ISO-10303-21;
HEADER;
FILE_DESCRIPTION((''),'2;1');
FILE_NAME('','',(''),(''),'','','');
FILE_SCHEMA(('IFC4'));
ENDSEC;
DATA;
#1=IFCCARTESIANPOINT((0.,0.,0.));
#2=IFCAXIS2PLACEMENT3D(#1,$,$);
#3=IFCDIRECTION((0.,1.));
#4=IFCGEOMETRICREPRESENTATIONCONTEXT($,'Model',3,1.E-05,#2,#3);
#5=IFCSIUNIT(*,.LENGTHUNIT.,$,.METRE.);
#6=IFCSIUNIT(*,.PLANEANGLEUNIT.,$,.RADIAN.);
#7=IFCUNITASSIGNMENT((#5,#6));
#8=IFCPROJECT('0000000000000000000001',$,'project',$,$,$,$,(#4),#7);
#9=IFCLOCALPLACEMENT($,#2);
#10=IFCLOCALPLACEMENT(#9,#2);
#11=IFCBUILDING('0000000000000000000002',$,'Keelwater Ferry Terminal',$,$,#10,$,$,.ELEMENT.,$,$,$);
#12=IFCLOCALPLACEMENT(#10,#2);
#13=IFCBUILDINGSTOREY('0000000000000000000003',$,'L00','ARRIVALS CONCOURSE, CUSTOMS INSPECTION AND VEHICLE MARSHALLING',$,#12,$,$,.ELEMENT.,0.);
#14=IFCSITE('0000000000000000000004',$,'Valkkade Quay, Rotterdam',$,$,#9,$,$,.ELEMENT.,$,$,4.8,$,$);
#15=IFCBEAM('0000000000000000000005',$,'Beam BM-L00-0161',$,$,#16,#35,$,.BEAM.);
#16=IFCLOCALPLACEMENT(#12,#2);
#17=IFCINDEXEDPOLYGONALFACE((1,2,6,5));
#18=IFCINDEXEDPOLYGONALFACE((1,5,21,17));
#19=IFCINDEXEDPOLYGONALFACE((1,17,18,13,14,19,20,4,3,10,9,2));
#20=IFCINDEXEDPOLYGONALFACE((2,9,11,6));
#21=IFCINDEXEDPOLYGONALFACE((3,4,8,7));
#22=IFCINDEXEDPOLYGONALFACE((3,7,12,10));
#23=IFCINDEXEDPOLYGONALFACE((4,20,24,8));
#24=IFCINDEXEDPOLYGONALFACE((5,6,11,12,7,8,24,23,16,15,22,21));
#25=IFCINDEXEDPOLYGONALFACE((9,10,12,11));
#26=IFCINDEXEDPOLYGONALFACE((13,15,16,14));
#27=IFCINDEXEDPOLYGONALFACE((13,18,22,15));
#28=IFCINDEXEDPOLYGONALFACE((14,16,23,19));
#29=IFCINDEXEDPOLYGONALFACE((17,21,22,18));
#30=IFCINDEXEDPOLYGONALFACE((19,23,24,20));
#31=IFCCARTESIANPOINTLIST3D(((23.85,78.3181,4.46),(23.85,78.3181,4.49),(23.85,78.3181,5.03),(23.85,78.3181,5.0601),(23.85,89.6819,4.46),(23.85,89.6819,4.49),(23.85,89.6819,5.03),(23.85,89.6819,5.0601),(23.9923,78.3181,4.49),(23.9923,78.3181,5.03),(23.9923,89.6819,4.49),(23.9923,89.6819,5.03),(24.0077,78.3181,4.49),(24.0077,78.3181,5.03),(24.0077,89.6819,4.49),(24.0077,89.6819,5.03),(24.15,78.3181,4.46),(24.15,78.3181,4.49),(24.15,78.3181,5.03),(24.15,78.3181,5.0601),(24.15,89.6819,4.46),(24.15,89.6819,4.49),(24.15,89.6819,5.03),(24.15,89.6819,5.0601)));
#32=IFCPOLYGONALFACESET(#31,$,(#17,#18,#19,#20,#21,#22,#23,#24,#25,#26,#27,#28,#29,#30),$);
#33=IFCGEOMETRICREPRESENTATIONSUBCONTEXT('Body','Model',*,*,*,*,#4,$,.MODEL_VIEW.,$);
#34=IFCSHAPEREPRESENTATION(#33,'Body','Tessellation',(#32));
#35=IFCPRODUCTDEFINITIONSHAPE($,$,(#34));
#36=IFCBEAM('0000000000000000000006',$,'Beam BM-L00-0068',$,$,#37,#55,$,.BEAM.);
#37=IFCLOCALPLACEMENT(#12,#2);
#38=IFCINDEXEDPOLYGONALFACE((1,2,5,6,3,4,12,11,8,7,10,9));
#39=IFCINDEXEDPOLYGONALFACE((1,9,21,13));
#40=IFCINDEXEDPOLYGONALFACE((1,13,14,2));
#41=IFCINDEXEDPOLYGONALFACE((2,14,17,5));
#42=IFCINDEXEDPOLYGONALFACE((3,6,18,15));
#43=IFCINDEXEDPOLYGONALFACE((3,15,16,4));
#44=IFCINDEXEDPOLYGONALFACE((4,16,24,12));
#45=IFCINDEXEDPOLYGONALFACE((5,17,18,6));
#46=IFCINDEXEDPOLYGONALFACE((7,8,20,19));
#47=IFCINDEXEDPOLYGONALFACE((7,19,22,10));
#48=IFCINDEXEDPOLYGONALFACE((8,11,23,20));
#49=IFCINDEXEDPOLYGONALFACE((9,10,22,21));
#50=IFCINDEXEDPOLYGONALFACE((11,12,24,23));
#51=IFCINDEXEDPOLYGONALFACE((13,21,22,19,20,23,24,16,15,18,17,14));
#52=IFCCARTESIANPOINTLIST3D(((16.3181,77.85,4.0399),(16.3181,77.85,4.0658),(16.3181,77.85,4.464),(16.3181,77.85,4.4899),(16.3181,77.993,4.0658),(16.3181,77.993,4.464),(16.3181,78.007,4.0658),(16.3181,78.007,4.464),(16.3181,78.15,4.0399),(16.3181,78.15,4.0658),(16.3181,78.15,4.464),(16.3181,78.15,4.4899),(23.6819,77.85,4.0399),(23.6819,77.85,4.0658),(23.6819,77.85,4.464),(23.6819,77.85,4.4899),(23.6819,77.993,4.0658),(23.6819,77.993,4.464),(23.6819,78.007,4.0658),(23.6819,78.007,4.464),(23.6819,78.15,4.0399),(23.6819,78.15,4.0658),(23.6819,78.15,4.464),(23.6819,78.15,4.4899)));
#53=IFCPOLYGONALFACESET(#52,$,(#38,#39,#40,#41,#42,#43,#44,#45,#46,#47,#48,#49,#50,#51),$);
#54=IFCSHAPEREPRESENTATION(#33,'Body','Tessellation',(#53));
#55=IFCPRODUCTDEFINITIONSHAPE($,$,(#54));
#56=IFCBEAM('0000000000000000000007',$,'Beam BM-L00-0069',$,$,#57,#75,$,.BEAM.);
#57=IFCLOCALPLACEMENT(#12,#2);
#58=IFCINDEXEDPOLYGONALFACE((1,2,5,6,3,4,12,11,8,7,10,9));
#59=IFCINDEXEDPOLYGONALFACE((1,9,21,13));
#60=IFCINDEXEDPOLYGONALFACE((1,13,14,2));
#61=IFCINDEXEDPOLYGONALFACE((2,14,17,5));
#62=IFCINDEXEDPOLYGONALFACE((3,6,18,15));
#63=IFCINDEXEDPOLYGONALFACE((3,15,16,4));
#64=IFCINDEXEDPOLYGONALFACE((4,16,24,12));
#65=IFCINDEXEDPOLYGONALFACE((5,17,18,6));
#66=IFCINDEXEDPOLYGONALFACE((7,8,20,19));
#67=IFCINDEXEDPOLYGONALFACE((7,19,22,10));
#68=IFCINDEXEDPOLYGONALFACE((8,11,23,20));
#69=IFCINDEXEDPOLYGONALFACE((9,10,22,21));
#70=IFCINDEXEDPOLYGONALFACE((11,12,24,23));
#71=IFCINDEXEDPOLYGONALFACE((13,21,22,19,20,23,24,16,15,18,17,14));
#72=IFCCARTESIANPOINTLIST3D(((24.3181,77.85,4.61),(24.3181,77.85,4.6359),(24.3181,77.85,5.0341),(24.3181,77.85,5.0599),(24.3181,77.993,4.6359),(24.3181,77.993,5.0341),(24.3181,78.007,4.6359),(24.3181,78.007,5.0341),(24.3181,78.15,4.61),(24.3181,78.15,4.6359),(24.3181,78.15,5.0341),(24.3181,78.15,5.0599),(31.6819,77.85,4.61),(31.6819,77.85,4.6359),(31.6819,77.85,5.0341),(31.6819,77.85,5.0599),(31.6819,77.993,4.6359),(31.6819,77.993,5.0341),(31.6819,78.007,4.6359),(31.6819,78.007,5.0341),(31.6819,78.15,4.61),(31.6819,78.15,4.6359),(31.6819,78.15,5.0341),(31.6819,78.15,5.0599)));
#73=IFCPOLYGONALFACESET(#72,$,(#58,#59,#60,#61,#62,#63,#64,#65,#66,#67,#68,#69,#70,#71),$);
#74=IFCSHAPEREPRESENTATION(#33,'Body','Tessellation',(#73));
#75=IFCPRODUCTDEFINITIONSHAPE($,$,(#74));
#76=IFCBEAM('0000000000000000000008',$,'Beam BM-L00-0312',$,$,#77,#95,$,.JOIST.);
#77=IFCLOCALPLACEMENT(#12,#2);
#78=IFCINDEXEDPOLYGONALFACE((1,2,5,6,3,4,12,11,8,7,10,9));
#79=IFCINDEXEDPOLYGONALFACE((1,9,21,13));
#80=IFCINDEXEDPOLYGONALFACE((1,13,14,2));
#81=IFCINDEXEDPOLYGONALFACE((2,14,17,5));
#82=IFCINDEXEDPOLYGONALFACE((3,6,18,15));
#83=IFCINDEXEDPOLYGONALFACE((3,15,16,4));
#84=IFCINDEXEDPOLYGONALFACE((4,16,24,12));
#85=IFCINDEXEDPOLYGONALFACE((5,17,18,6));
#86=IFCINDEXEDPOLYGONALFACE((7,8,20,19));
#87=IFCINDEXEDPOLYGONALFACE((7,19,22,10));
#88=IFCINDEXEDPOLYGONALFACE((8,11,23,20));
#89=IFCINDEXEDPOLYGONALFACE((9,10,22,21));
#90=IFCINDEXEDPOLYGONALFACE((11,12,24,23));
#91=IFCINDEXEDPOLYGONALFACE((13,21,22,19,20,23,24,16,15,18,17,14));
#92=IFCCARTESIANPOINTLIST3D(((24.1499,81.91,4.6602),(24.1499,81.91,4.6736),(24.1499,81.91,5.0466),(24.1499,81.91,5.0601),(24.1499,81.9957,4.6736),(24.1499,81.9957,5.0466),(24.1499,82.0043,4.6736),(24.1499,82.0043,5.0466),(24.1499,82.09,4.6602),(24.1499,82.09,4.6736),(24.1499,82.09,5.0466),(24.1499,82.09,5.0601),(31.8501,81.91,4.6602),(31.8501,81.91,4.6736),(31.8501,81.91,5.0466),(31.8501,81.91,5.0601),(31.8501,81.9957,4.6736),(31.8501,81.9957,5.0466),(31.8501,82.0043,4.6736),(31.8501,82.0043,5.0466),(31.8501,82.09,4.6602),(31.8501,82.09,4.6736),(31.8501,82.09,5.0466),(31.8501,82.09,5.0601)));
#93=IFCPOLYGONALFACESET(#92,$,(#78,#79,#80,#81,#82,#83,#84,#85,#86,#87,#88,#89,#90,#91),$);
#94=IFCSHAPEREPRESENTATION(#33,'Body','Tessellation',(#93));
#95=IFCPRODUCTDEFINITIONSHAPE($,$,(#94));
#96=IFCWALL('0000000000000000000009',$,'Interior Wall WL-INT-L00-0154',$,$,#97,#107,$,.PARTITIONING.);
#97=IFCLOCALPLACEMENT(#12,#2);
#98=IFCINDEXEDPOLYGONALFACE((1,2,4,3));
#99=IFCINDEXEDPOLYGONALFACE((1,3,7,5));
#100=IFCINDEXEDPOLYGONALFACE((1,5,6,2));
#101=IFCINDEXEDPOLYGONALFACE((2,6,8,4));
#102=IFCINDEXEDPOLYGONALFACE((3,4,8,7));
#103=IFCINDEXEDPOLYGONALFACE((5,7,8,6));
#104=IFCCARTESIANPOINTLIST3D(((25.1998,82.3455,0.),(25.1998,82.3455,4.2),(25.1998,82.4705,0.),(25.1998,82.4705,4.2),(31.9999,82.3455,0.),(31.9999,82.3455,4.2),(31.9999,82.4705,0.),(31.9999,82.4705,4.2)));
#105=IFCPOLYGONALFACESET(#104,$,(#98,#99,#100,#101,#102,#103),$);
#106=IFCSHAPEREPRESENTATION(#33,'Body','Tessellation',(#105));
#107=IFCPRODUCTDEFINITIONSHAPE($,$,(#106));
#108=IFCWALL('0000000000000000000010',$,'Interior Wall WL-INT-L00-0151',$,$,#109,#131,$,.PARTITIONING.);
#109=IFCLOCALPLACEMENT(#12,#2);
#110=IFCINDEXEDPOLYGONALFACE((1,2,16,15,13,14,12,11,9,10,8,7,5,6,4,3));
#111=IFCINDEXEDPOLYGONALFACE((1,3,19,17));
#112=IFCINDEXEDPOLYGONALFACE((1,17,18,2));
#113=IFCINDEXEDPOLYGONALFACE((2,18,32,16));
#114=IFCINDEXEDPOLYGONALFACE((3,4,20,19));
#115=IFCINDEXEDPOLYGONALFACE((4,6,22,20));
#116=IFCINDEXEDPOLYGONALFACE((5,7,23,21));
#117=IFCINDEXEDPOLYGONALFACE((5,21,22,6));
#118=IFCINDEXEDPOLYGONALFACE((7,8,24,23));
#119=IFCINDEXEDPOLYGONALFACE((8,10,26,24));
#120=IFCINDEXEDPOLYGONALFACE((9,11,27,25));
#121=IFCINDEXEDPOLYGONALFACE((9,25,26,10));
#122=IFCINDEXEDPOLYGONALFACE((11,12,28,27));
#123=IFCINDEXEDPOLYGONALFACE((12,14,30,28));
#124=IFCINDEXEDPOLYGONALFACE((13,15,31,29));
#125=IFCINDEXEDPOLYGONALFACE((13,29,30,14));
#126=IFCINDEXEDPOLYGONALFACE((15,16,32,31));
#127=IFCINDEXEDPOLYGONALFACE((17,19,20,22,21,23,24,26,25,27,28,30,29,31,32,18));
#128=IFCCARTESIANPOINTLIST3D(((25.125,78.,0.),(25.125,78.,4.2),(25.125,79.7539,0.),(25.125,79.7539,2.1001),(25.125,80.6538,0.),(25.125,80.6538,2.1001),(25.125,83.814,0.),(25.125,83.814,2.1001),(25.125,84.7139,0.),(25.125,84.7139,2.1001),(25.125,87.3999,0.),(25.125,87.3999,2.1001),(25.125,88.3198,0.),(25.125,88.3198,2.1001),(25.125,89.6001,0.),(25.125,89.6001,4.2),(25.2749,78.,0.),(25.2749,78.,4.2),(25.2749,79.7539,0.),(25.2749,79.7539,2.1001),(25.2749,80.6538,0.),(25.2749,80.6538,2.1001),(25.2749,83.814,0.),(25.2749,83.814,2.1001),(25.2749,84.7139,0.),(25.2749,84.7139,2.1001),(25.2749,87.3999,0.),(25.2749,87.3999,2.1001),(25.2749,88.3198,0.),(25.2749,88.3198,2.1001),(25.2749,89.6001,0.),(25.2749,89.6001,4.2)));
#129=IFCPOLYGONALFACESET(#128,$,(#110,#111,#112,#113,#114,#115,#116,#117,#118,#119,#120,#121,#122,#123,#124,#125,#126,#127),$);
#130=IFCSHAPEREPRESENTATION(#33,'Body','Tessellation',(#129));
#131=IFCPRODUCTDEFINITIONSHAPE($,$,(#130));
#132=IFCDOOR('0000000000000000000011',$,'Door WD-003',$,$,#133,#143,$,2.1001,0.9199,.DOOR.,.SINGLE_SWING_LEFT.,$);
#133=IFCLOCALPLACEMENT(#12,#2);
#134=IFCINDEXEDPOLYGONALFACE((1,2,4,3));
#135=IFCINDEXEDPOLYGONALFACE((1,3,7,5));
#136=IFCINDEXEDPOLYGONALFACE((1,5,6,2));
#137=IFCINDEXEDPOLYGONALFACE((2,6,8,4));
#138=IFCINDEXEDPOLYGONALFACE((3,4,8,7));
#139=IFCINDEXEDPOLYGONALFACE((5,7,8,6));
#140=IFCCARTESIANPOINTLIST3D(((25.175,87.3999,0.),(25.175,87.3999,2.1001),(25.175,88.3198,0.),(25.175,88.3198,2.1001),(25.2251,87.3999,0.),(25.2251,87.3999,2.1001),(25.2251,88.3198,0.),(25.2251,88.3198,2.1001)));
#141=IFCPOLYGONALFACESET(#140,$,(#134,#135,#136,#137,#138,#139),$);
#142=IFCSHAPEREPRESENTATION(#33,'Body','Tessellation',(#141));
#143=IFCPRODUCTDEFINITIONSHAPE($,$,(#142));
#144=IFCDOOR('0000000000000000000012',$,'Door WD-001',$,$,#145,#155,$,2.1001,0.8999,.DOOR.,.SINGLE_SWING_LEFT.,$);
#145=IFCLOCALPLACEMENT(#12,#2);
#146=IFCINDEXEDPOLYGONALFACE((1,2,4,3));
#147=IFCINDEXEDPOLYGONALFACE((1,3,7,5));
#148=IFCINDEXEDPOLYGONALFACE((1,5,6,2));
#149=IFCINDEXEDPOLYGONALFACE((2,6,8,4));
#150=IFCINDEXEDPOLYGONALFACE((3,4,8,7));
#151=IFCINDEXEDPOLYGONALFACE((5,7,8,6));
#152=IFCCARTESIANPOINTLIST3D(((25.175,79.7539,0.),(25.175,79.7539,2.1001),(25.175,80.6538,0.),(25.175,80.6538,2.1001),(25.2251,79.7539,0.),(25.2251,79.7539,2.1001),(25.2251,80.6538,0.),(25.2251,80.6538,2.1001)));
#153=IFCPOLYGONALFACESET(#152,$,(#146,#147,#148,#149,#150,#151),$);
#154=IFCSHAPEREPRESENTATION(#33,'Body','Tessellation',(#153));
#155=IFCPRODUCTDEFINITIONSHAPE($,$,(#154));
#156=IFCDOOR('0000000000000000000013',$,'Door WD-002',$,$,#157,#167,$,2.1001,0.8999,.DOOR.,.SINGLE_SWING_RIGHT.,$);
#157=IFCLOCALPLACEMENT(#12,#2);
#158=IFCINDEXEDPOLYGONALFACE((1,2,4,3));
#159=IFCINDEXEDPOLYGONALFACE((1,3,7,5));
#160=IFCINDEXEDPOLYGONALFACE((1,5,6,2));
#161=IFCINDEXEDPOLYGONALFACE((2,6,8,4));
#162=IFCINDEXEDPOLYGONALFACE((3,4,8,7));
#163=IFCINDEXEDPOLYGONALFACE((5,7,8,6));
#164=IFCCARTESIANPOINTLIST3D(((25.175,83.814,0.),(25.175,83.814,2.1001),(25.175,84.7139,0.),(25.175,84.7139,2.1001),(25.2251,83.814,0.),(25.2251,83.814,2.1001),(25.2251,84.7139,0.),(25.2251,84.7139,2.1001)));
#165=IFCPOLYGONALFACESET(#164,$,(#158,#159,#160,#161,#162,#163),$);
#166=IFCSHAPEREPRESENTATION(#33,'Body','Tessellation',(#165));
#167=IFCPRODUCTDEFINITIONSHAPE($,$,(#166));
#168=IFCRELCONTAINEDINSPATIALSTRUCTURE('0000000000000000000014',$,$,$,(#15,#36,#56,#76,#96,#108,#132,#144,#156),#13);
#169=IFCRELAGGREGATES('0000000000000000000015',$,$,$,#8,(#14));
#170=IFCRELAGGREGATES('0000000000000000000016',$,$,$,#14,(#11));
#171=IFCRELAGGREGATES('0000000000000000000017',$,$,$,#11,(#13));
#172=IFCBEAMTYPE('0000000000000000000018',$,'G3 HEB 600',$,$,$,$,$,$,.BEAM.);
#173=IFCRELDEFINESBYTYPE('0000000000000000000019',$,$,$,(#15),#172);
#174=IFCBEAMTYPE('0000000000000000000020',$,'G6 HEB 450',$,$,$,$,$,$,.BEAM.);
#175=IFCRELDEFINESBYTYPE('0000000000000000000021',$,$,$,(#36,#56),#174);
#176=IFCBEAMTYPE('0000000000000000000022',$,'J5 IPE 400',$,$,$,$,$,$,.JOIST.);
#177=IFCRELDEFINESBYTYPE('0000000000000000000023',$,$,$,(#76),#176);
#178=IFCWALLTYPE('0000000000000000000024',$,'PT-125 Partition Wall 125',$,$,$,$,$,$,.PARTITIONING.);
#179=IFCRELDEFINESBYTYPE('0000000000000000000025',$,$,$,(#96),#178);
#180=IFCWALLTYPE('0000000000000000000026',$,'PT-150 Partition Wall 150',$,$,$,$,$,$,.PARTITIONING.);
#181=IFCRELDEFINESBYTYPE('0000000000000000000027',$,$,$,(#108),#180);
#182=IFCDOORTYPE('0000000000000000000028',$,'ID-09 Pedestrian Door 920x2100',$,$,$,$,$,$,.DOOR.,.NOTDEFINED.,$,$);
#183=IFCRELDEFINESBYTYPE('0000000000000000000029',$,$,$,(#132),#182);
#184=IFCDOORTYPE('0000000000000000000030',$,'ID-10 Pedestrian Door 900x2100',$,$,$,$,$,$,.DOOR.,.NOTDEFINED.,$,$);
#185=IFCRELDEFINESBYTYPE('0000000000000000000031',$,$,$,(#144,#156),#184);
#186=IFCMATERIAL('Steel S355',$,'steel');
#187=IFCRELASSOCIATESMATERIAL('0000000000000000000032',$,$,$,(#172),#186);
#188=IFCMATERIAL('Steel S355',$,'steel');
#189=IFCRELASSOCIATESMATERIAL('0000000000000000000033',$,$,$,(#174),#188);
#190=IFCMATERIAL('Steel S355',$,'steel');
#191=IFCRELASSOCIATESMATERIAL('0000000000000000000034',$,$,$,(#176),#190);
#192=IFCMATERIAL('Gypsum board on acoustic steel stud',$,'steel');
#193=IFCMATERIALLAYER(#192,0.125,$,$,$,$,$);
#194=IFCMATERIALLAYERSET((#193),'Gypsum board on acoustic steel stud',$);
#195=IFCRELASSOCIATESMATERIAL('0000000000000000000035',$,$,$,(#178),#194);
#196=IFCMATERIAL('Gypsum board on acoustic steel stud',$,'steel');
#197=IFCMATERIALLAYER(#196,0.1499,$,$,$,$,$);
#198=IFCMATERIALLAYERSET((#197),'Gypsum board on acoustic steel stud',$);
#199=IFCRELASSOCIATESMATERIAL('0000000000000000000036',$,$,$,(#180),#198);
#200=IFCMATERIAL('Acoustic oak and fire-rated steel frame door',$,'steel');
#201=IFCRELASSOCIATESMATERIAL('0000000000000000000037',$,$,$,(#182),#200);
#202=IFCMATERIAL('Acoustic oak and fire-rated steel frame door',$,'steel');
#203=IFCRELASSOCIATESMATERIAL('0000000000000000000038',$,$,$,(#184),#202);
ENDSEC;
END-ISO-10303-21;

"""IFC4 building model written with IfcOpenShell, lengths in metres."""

from ifc_helpers import new_model, si_unit, direction, frame, frame_2d, origin, origin_2d, place, context, subcontext, project, spatial, rectangle, i_section, extrude, material, layer, layer_set, material_profile, profile_set, type_object, element, fill, save


model = new_model("IFC4")

# Units and contexts
model_context = context("Model", 3, precision=1e-05, world=origin(), true_north=direction((0.0, 1.0)))
body_context = subcontext(model_context, "Body", "Model", "MODEL_VIEW")
ifc_project = project(units=[si_unit("LENGTHUNIT", "METRE"), si_unit("PLANEANGLEUNIT", "RADIAN")], contexts=[model_context])

# Site, building, storey
site_placement = place(None, origin())
site = spatial("IfcSite", under=ifc_project, at=site_placement, Name="Valkkade Quay, Rotterdam", CompositionType="ELEMENT", RefElevation=4.8)
building_placement = place(site_placement, origin())
building = spatial("IfcBuilding", under=site, at=building_placement, Name="Keelwater Ferry Terminal", CompositionType="ELEMENT")
storey_placement = place(building_placement, origin())
storey = spatial("IfcBuildingStorey", under=building, at=storey_placement, Name="L00", Description="ARRIVALS CONCOURSE, CUSTOMS INSPECTION AND VEHICLE MARSHALLING", CompositionType="ELEMENT", Elevation=0.0)

# Beams
ifc_material_1 = material(Name="Steel S355", Category="steel")
ifc_material_profile_1 = material_profile(ifc_material_1, i_section(OverallWidth=0.3, OverallDepth=0.6001, WebThickness=0.0154, FlangeThickness=0.03, at=origin_2d()), Name="HEB 600")
ifc_profile_set_1 = profile_set([ifc_material_profile_1], Name="Steel S355")
beam_type_1 = type_object("IfcBeamType", Name="G3 HEB 600", PredefinedType="BEAM", material=ifc_profile_set_1)
beam_1_placement = place(storey_placement, frame((24.0, 78.3181, 4.76), z_axis=(0.0, 1.0, 0.0), x_axis=(-1.0, 0.0, 0.0)))
element("IfcBeam", 1, at=beam_1_placement, inside=storey, type_object=beam_type_1, Name="Beam BM-L00-0161", PredefinedType="BEAM", context=body_context, shape_type="SweptSolid", body=[
    extrude(i_section(OverallWidth=0.3, OverallDepth=0.6001, WebThickness=0.0154, FlangeThickness=0.03, at=origin_2d()), origin(), (0.0, 0.0, 1.0), 11.3638),
])
ifc_material_2 = material(Name="Steel S355", Category="steel")
ifc_material_profile_2 = material_profile(ifc_material_2, i_section(OverallWidth=0.3, OverallDepth=0.45, WebThickness=0.0139, FlangeThickness=0.0259, at=origin_2d()), Name="HEB 450")
ifc_profile_set_2 = profile_set([ifc_material_profile_2], Name="Steel S355")
beam_type_2 = type_object("IfcBeamType", Name="G6 HEB 450", PredefinedType="BEAM", material=ifc_profile_set_2)
for number, where, z_axis, x_axis, name in (
    (2, (16.3181, 78.0, 4.2649), (1.0, 0.0, 0.0), (0.0, 1.0, 0.0), "Beam BM-L00-0068"),
    (3, (24.3181, 78.0, 4.835), (1.0, 0.0, 0.0), (0.0, 1.0, 0.0), "Beam BM-L00-0069"),
):
    element("IfcBeam", number, at=place(storey_placement, frame(where, z_axis=z_axis, x_axis=x_axis)), inside=storey, type_object=beam_type_2, Name=name, PredefinedType="BEAM", context=body_context, shape_type="SweptSolid", body=[
        extrude(i_section(OverallWidth=0.3, OverallDepth=0.45, WebThickness=0.0139, FlangeThickness=0.0259, at=origin_2d()), origin(), (0.0, 0.0, 1.0), 7.3638),
    ])
ifc_material_3 = material(Name="Steel S355", Category="steel")
ifc_material_profile_3 = material_profile(ifc_material_3, i_section(OverallWidth=0.1799, OverallDepth=0.3999, WebThickness=0.0085, FlangeThickness=0.0134, at=origin_2d()), Name="IPE 400")
ifc_profile_set_3 = profile_set([ifc_material_profile_3], Name="Steel S355")
beam_type_3 = type_object("IfcBeamType", Name="J5 IPE 400", PredefinedType="JOIST", material=ifc_profile_set_3)
beam_2_placement = place(storey_placement, frame((24.1499, 82.0, 4.8601), z_axis=(1.0, 0.0, 0.0), x_axis=(0.0, 1.0, 0.0)))
element("IfcBeam", 4, at=beam_2_placement, inside=storey, type_object=beam_type_3, Name="Beam BM-L00-0312", PredefinedType="JOIST", context=body_context, shape_type="SweptSolid", body=[
    extrude(i_section(OverallWidth=0.1799, OverallDepth=0.3999, WebThickness=0.0085, FlangeThickness=0.0134, at=origin_2d()), origin(), (0.0, 0.0, 1.0), 7.7002),
])

# Wall
ifc_material_4 = material(Name="Gypsum board on acoustic steel stud", Category="steel")
ifc_layer_1 = layer(ifc_material_4, 0.125)
ifc_layer_set_1 = layer_set([ifc_layer_1], Name="Gypsum board on acoustic steel stud")
wall_type_1 = type_object("IfcWallType", Name="PT-125 Partition Wall 125", PredefinedType="PARTITIONING", material=ifc_layer_set_1)
wall_1_placement = place(storey_placement, frame((25.2, 82.408, 0.0), z_axis=(0.0, 0.0, 1.0), x_axis=(1.0, 0.0, 0.0)))
element("IfcWall", 5, at=wall_1_placement, inside=storey, type_object=wall_type_1, Name="Interior Wall WL-INT-L00-0154", PredefinedType="PARTITIONING", context=body_context, shape_type="SweptSolid", body=[
    extrude(rectangle(XDim=6.8, YDim=0.125, at=frame_2d((3.3999, 0.0))), origin(), (0.0, 0.0, 1.0), 4.2),
])

# Wall, openings, doors
ifc_material_5 = material(Name="Gypsum board on acoustic steel stud", Category="steel")
ifc_layer_2 = layer(ifc_material_5, 0.1499)
ifc_layer_set_2 = layer_set([ifc_layer_2], Name="Gypsum board on acoustic steel stud")
wall_type_2 = type_object("IfcWallType", Name="PT-150 Partition Wall 150", PredefinedType="PARTITIONING", material=ifc_layer_set_2)
wall_2_placement = place(storey_placement, frame((25.2, 78.0, 0.0), z_axis=(0.0, 0.0, 1.0), x_axis=(0.0, 1.0, 0.0)))
wall_2 = element("IfcWall", 6, at=wall_2_placement, inside=storey, type_object=wall_type_2, Name="Interior Wall WL-INT-L00-0151", PredefinedType="PARTITIONING", context=body_context, shape_type="SweptSolid", body=[
    extrude(rectangle(XDim=11.6001, YDim=0.1499, at=frame_2d((5.8, 0.0))), origin(), (0.0, 0.0, 1.0), 4.2),
])
opening_1_placement = place(wall_2_placement, frame((1.7539, 0.0, 0.0)))
opening_1 = element("IfcOpeningElement", 7, at=opening_1_placement, cuts=wall_2, PredefinedType="OPENING", context=body_context, shape_type="SweptSolid", body=[
    extrude(rectangle(XDim=0.8999, YDim=2.1001, at=frame_2d((0.45, 1.05))), frame((0.0, 0.085, 0.0), z_axis=(0.0, -1.0, 0.0), x_axis=(1.0, 0.0, 0.0)), (0.0, 0.0, 1.0), 0.1699),
])
opening_2_placement = place(wall_2_placement, frame((5.814, 0.0, 0.0)))
opening_2 = element("IfcOpeningElement", 8, at=opening_2_placement, cuts=wall_2, PredefinedType="OPENING", context=body_context, shape_type="SweptSolid", body=[
    extrude(rectangle(XDim=0.8999, YDim=2.1001, at=frame_2d((0.45, 1.05))), frame((0.0, 0.085, 0.0), z_axis=(0.0, -1.0, 0.0), x_axis=(1.0, 0.0, 0.0)), (0.0, 0.0, 1.0), 0.1699),
])
opening_3_placement = place(wall_2_placement, frame((9.3999, 0.0, 0.0)))
opening_3 = element("IfcOpeningElement", 9, at=opening_3_placement, cuts=wall_2, PredefinedType="OPENING", context=body_context, shape_type="SweptSolid", body=[
    extrude(rectangle(XDim=0.9199, YDim=2.1001, at=frame_2d((0.46, 1.05))), frame((0.0, 0.085, 0.0), z_axis=(0.0, -1.0, 0.0), x_axis=(1.0, 0.0, 0.0)), (0.0, 0.0, 1.0), 0.1699),
])
ifc_material_6 = material(Name="Acoustic oak and fire-rated steel frame door", Category="steel")
door_type_1 = type_object("IfcDoorType", Name="ID-09 Pedestrian Door 920x2100", OperationType="NOTDEFINED", PredefinedType="DOOR", material=ifc_material_6)
door_1_placement = place(opening_3_placement, origin())
door_1 = element("IfcDoor", 10, at=door_1_placement, inside=storey, type_object=door_type_1, Name="Door WD-003", OperationType="SINGLE_SWING_LEFT", OverallHeight=2.1001, OverallWidth=0.9199, PredefinedType="DOOR", context=body_context, shape_type="SweptSolid", body=[
    extrude(rectangle(XDim=0.9199, YDim=2.1001, at=frame_2d((0.46, 1.05))), frame((0.0, 0.0249, 0.0), z_axis=(0.0, -1.0, 0.0), x_axis=(1.0, 0.0, 0.0)), (0.0, 0.0, 1.0), 0.05),
])
fill(opening_3, door_1)
ifc_material_7 = material(Name="Acoustic oak and fire-rated steel frame door", Category="steel")
door_type_2 = type_object("IfcDoorType", Name="ID-10 Pedestrian Door 900x2100", OperationType="NOTDEFINED", PredefinedType="DOOR", material=ifc_material_7)
door_2_placement = place(opening_1_placement, origin())
door_2 = element("IfcDoor", 11, at=door_2_placement, inside=storey, type_object=door_type_2, Name="Door WD-001", OperationType="SINGLE_SWING_LEFT", OverallHeight=2.1001, OverallWidth=0.8999, PredefinedType="DOOR", context=body_context, shape_type="SweptSolid", body=[
    extrude(rectangle(XDim=0.8999, YDim=2.1001, at=frame_2d((0.45, 1.05))), frame((0.0, 0.0249, 0.0), z_axis=(0.0, -1.0, 0.0), x_axis=(1.0, 0.0, 0.0)), (0.0, 0.0, 1.0), 0.05),
])
fill(opening_1, door_2)
door_3_placement = place(opening_2_placement, origin())
door_3 = element("IfcDoor", 12, at=door_3_placement, inside=storey, type_object=door_type_2, Name="Door WD-002", OperationType="SINGLE_SWING_RIGHT", OverallHeight=2.1001, OverallWidth=0.8999, PredefinedType="DOOR", context=body_context, shape_type="SweptSolid", body=[
    extrude(rectangle(XDim=0.8999, YDim=2.1001, at=frame_2d((0.45, 1.05))), frame((0.0, 0.0249, 0.0), z_axis=(0.0, -1.0, 0.0), x_axis=(1.0, 0.0, 0.0)), (0.0, 0.0, 1.0), 0.05),
])
fill(opening_2, door_3)

save(model, "model.ifc")
